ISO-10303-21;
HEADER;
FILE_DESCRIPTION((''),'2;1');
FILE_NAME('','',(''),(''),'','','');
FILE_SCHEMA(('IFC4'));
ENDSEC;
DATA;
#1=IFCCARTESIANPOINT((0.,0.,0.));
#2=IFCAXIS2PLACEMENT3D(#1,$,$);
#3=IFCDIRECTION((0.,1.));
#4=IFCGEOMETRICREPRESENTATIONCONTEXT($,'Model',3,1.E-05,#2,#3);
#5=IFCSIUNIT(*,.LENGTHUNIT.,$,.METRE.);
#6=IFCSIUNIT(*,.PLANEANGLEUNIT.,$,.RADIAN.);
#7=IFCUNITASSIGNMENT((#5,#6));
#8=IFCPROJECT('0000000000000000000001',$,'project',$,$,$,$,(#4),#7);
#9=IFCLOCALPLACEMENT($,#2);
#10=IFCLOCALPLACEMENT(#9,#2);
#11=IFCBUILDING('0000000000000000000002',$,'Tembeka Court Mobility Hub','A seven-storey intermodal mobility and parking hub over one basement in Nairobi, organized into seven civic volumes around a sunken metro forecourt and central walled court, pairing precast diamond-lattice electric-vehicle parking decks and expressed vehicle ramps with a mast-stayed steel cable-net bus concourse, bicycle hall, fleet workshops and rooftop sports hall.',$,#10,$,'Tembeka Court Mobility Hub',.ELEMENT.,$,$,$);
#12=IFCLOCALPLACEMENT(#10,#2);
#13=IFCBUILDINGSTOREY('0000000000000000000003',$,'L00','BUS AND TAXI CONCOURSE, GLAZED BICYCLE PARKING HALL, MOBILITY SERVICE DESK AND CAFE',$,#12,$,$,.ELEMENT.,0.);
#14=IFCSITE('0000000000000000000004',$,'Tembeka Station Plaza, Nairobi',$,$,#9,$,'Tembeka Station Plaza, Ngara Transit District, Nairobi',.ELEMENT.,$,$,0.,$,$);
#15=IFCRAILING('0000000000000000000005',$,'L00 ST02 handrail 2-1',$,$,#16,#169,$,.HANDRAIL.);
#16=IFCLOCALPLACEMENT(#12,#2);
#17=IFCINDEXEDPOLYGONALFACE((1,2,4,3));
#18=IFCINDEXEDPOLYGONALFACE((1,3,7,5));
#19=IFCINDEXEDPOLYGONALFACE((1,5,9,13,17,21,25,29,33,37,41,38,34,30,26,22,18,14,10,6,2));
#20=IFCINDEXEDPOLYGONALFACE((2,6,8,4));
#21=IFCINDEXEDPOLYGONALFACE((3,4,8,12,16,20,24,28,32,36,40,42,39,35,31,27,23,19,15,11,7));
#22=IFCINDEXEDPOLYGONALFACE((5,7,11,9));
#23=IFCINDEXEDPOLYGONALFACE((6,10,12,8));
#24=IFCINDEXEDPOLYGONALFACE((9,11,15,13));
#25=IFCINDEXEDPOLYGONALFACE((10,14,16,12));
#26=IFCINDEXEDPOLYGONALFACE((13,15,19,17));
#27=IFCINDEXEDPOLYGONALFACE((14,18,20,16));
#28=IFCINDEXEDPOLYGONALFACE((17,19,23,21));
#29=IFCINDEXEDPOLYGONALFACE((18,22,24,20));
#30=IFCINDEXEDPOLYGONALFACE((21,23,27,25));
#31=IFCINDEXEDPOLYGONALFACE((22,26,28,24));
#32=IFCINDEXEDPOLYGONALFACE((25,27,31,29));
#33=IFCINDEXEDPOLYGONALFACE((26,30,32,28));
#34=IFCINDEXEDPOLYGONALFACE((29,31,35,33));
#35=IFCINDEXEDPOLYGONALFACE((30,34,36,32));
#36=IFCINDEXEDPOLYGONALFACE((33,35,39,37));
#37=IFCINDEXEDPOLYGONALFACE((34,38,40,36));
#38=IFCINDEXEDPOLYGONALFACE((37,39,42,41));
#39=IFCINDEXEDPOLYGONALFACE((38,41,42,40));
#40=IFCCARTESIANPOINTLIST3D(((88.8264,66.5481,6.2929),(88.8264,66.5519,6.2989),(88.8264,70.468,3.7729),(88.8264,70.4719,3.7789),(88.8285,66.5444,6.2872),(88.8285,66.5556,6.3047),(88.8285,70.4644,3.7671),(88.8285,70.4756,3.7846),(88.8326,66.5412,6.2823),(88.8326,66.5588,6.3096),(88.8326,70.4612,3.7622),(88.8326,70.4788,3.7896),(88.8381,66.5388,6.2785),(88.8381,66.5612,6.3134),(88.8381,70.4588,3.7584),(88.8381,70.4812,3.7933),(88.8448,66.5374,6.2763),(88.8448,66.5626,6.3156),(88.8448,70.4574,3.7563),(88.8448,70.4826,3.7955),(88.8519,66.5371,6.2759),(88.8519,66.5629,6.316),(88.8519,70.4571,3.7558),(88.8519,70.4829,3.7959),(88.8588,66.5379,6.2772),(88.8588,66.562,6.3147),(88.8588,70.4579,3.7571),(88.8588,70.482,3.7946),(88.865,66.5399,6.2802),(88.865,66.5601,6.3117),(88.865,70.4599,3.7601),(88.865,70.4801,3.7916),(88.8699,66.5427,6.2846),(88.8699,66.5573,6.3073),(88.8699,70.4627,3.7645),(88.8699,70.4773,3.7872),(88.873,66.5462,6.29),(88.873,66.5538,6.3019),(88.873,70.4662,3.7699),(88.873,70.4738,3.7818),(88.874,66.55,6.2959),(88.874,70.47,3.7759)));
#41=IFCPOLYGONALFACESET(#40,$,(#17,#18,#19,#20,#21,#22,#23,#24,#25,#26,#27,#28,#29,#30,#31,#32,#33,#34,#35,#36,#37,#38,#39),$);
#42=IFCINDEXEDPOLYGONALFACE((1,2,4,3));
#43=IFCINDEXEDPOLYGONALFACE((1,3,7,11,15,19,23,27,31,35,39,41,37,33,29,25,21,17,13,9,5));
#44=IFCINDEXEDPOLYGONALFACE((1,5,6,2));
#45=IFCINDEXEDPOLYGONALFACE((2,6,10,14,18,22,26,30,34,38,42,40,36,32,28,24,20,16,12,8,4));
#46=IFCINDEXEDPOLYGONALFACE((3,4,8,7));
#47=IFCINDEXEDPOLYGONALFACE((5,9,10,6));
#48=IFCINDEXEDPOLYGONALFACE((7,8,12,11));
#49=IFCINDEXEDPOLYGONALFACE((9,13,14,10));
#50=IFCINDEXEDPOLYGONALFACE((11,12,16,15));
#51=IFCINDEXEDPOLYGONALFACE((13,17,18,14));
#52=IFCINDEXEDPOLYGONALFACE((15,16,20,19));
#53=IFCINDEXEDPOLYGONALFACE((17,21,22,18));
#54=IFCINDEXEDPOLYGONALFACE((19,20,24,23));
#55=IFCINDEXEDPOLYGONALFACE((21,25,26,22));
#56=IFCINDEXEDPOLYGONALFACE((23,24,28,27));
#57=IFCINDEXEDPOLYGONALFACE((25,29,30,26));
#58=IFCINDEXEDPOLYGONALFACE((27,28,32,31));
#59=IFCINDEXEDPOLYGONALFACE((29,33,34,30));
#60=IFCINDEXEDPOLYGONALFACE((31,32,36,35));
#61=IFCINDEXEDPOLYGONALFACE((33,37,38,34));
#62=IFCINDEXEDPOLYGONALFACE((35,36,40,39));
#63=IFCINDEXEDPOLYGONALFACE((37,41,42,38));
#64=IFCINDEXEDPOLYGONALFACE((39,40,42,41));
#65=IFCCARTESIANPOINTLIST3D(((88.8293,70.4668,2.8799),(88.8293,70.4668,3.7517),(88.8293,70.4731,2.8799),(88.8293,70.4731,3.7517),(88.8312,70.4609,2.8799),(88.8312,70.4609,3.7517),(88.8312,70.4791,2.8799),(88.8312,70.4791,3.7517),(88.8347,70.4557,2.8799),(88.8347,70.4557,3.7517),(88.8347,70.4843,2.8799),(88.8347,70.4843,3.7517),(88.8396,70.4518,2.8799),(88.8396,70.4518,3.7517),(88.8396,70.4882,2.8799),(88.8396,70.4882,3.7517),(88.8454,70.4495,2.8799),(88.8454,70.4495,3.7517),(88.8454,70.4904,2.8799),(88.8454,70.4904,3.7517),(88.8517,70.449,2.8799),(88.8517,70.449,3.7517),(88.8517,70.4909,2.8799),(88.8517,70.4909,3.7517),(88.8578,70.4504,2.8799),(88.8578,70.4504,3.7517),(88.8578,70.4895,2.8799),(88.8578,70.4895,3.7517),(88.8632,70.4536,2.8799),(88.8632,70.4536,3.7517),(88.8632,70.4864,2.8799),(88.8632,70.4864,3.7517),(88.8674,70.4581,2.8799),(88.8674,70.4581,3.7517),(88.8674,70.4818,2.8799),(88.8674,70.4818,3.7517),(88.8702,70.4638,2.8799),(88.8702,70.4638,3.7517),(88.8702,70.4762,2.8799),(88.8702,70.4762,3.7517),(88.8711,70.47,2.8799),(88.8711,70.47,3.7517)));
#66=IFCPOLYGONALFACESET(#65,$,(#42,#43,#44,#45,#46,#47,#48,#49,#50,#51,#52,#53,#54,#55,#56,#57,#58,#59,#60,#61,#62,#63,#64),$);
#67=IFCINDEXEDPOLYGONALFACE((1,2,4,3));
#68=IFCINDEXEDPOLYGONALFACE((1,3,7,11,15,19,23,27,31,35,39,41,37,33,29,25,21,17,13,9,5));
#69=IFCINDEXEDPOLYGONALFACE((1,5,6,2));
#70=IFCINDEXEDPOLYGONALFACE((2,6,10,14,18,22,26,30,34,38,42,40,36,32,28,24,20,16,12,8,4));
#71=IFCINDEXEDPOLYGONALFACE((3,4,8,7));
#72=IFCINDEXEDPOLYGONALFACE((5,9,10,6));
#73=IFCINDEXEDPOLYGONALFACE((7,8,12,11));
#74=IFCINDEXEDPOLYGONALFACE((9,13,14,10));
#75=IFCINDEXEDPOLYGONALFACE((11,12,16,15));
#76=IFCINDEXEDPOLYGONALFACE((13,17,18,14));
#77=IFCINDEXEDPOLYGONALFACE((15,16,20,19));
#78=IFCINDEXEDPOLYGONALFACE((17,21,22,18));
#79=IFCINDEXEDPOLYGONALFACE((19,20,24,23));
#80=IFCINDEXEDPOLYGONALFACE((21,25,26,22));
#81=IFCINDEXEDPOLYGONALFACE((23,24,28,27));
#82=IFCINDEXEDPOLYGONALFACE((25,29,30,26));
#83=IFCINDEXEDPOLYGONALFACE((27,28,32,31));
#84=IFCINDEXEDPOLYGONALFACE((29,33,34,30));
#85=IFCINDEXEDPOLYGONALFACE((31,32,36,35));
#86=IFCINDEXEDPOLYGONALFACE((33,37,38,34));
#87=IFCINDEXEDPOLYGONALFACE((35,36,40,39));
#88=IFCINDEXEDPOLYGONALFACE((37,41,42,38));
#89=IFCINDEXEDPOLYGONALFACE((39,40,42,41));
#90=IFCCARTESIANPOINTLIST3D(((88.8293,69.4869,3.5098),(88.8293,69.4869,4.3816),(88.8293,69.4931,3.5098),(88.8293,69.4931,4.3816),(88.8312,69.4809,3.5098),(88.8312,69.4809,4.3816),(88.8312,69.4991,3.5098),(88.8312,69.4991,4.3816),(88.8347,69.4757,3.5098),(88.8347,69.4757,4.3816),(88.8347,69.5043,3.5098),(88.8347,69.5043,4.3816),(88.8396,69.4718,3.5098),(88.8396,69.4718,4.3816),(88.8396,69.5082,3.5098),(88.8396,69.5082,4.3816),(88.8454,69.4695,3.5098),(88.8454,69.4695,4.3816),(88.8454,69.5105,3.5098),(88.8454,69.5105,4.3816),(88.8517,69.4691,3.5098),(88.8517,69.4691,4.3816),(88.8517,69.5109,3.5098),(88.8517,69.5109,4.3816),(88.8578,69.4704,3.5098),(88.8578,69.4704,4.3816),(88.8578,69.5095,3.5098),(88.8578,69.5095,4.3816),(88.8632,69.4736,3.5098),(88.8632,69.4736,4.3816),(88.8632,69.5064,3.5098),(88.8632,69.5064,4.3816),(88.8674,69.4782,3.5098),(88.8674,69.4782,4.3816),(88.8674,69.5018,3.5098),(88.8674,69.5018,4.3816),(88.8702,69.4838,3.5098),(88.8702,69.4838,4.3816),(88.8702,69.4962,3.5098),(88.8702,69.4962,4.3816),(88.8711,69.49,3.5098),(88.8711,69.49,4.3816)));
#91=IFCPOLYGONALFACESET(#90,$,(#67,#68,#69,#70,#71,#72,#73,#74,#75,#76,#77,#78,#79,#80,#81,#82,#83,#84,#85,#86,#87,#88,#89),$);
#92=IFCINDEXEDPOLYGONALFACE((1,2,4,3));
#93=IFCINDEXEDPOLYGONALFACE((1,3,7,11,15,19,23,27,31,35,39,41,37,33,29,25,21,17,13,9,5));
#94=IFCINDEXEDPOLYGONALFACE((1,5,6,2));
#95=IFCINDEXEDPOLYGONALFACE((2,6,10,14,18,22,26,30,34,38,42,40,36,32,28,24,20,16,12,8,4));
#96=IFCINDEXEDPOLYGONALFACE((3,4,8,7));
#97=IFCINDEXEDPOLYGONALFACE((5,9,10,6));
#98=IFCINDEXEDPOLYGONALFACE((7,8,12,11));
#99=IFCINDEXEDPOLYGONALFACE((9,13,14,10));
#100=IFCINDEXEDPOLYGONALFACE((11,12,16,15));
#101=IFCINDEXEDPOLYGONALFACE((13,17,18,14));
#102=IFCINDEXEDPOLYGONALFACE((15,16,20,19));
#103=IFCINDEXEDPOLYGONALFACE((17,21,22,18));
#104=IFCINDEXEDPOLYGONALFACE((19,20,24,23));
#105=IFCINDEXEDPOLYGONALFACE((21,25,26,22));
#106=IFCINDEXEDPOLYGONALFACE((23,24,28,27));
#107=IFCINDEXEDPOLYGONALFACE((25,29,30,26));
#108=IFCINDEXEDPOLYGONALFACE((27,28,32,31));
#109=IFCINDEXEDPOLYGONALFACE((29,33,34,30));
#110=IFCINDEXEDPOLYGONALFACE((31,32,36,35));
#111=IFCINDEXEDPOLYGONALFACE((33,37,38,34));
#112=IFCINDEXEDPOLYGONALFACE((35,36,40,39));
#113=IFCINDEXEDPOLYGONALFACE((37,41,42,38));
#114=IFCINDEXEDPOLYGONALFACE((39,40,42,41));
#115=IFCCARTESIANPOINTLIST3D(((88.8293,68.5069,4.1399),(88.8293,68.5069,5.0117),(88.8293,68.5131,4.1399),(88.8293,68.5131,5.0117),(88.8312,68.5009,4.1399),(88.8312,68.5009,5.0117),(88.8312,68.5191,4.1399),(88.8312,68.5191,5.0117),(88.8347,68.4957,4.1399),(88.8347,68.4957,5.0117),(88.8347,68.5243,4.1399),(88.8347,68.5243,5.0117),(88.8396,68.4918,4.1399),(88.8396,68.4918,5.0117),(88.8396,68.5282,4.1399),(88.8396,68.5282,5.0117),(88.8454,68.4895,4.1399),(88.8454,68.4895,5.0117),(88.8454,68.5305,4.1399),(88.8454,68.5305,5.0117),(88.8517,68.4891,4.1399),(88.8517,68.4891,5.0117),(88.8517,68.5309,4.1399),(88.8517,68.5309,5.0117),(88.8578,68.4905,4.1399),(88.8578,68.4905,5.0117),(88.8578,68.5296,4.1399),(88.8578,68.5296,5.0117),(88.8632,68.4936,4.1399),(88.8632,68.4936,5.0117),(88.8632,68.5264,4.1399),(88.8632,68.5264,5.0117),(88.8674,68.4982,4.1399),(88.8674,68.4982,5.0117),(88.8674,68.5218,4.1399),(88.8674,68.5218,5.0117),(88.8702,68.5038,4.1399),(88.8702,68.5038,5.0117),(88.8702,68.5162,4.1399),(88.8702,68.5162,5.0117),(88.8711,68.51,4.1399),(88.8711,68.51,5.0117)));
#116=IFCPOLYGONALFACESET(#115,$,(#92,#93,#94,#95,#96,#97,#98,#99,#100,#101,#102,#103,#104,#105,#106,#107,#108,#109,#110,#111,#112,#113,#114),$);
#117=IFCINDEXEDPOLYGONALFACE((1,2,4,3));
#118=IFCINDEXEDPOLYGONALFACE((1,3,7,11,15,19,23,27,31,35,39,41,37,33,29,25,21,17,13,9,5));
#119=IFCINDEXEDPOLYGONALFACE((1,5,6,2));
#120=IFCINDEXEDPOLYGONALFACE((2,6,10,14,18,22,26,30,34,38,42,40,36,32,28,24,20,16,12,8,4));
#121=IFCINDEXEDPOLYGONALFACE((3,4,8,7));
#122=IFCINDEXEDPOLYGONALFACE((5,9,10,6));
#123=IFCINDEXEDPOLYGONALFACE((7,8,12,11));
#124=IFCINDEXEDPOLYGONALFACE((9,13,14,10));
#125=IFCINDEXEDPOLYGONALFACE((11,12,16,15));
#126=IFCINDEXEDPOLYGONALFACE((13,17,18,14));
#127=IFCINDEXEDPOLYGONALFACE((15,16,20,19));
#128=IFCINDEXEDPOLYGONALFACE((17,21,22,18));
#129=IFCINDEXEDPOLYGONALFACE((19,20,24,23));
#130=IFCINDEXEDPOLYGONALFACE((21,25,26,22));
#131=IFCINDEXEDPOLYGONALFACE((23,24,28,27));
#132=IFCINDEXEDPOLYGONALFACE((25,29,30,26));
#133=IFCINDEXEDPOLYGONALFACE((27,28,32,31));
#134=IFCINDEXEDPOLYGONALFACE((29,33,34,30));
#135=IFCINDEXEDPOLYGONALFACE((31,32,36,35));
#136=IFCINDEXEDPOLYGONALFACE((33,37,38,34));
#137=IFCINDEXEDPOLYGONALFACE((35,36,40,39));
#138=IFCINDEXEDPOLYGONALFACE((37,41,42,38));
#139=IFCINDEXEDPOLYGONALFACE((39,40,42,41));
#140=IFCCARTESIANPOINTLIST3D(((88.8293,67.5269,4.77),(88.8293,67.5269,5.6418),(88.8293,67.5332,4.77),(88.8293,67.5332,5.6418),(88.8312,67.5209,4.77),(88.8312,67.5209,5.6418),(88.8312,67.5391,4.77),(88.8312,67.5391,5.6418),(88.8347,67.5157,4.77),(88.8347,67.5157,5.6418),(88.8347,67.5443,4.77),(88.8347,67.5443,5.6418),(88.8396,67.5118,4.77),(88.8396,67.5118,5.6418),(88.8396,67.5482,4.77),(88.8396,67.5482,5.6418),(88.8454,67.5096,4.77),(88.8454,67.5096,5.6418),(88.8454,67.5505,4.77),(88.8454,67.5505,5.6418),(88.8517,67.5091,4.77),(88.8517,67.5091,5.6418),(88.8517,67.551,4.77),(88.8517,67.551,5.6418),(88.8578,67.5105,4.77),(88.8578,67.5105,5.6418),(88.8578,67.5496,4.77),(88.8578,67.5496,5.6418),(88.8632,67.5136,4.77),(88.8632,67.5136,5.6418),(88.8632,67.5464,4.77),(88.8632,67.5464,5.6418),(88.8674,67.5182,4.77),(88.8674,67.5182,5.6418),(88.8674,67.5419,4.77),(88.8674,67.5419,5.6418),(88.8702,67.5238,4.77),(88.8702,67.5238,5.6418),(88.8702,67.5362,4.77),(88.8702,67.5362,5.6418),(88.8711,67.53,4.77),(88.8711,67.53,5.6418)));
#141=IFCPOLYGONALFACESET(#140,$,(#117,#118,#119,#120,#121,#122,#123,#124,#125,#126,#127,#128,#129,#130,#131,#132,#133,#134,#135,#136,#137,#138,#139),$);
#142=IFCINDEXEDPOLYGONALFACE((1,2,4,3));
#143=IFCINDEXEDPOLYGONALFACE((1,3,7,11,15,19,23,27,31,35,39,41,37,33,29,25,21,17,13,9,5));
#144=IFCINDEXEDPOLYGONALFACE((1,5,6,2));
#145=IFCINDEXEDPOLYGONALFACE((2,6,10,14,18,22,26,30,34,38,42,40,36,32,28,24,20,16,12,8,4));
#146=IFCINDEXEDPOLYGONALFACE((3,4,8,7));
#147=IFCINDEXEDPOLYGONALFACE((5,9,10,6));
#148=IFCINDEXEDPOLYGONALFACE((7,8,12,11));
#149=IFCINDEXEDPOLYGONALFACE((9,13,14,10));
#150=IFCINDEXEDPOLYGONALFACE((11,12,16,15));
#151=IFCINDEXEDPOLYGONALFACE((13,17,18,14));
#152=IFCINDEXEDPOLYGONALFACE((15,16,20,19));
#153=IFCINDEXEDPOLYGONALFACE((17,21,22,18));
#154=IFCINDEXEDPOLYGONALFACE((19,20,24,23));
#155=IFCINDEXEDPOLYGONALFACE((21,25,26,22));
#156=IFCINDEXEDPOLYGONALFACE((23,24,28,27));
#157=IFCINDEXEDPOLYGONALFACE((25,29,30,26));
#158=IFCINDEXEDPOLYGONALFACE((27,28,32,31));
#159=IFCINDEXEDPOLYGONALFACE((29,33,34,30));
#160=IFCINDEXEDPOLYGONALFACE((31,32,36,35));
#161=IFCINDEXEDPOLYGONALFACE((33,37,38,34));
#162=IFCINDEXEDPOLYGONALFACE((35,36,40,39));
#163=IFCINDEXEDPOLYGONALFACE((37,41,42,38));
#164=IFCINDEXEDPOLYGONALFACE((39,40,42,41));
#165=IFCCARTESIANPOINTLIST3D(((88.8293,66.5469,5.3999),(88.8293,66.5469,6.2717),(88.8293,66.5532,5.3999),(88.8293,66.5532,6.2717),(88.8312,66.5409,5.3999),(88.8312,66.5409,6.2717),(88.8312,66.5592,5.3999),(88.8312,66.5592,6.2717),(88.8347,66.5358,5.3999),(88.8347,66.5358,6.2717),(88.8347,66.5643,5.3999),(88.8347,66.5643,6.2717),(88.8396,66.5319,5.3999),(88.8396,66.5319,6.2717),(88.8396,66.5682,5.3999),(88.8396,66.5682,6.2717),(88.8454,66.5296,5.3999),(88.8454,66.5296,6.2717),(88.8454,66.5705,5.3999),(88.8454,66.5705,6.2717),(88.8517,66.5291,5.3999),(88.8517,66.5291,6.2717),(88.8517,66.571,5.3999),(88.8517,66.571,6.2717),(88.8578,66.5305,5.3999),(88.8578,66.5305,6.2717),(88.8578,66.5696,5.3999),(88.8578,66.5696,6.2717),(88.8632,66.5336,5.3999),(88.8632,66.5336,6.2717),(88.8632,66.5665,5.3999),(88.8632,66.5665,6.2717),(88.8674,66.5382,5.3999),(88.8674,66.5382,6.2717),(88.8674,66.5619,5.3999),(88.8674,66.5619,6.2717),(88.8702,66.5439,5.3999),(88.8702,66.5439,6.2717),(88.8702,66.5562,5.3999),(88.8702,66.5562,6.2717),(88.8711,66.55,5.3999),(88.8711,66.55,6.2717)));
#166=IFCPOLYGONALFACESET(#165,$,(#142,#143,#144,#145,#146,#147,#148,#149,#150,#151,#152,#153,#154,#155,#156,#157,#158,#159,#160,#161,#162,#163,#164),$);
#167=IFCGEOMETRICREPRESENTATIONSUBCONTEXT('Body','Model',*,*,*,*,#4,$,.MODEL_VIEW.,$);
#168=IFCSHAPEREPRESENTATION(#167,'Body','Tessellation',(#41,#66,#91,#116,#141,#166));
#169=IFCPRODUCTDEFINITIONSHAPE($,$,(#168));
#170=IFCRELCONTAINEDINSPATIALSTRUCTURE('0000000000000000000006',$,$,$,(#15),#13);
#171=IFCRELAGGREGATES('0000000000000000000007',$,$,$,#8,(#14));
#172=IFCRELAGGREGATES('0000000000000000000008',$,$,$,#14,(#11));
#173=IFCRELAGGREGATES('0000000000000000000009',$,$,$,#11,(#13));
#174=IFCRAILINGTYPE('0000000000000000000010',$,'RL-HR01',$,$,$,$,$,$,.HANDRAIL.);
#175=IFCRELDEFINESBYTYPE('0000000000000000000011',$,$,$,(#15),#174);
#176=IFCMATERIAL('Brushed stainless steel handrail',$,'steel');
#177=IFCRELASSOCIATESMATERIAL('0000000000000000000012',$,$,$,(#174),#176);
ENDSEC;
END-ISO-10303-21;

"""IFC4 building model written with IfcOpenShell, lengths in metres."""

from ifc_helpers import new_model, si_unit, direction, frame, origin, origin_2d, place, context, subcontext, project, spatial, circle, extrude, material, type_object, element, save


model = new_model("IFC4")

# Units and contexts
model_context = context("Model", 3, precision=1e-05, world=origin(), true_north=direction((0.0, 1.0)))
body_context = subcontext(model_context, "Body", "Model", "MODEL_VIEW")
ifc_project = project(units=[si_unit("LENGTHUNIT", "METRE"), si_unit("PLANEANGLEUNIT", "RADIAN")], contexts=[model_context])

# Site, building, storey
site_placement = place(None, origin())
site = spatial("IfcSite", under=ifc_project, at=site_placement, Name="Tembeka Station Plaza, Nairobi", LongName="Tembeka Station Plaza, Ngara Transit District, Nairobi", CompositionType="ELEMENT", RefElevation=0.0)
building_placement = place(site_placement, origin())
building = spatial("IfcBuilding", under=site, at=building_placement, Name="Tembeka Court Mobility Hub", Description="A seven-storey intermodal mobility and parking hub over one basement in Nairobi, organized into seven civic volumes around a sunken metro forecourt and central walled court, pairing precast diamond-lattice electric-vehicle parking decks and expressed vehicle ramps with a mast-stayed steel cable-net bus concourse, bicycle hall, fleet workshops and rooftop sports hall.", LongName="Tembeka Court Mobility Hub", CompositionType="ELEMENT")
storey_placement = place(building_placement, origin())
storey = spatial("IfcBuildingStorey", under=building, at=storey_placement, Name="L00", Description="BUS AND TAXI CONCOURSE, GLAZED BICYCLE PARKING HALL, MOBILITY SERVICE DESK AND CAFE", CompositionType="ELEMENT", Elevation=0.0)

# Railing
ifc_material_1 = material(Name="Brushed stainless steel handrail", Category="steel")
railing_type_1 = type_object("IfcRailingType", Name="RL-HR01", PredefinedType="HANDRAIL", material=ifc_material_1)
railing_1_placement = place(storey_placement, frame((88.8501, 70.47, 2.8799)))
element("IfcRailing", 1, at=railing_1_placement, inside=storey, type_object=railing_type_1, Name="L00 ST02 handrail 2-1", PredefinedType="HANDRAIL", context=body_context, shape_type="SweptSolid", body=[
    extrude(circle(Radius=0.0239, at=origin_2d()), frame((0.0, 0.0, 0.896), z_axis=(0.0, -0.841172, 0.540768), x_axis=(1.0, 0.0, 0.0)), (0.0, 0.0, 1.0), 4.6602),
    extrude(circle(Radius=0.021, at=origin_2d()), origin(), (0.0, 0.0, 1.0), 0.8718),
    extrude(circle(Radius=0.021, at=origin_2d()), frame((0.0, -0.98, 0.6299)), (0.0, 0.0, 1.0), 0.8718),
    extrude(circle(Radius=0.021, at=origin_2d()), frame((0.0, -1.96, 1.26)), (0.0, 0.0, 1.0), 0.8718),
    extrude(circle(Radius=0.021, at=origin_2d()), frame((0.0, -2.9399, 1.8901)), (0.0, 0.0, 1.0), 0.8718),
    extrude(circle(Radius=0.021, at=origin_2d()), frame((0.0, -3.9199, 2.52)), (0.0, 0.0, 1.0), 0.8718),
])

save(model, "model.ifc")
